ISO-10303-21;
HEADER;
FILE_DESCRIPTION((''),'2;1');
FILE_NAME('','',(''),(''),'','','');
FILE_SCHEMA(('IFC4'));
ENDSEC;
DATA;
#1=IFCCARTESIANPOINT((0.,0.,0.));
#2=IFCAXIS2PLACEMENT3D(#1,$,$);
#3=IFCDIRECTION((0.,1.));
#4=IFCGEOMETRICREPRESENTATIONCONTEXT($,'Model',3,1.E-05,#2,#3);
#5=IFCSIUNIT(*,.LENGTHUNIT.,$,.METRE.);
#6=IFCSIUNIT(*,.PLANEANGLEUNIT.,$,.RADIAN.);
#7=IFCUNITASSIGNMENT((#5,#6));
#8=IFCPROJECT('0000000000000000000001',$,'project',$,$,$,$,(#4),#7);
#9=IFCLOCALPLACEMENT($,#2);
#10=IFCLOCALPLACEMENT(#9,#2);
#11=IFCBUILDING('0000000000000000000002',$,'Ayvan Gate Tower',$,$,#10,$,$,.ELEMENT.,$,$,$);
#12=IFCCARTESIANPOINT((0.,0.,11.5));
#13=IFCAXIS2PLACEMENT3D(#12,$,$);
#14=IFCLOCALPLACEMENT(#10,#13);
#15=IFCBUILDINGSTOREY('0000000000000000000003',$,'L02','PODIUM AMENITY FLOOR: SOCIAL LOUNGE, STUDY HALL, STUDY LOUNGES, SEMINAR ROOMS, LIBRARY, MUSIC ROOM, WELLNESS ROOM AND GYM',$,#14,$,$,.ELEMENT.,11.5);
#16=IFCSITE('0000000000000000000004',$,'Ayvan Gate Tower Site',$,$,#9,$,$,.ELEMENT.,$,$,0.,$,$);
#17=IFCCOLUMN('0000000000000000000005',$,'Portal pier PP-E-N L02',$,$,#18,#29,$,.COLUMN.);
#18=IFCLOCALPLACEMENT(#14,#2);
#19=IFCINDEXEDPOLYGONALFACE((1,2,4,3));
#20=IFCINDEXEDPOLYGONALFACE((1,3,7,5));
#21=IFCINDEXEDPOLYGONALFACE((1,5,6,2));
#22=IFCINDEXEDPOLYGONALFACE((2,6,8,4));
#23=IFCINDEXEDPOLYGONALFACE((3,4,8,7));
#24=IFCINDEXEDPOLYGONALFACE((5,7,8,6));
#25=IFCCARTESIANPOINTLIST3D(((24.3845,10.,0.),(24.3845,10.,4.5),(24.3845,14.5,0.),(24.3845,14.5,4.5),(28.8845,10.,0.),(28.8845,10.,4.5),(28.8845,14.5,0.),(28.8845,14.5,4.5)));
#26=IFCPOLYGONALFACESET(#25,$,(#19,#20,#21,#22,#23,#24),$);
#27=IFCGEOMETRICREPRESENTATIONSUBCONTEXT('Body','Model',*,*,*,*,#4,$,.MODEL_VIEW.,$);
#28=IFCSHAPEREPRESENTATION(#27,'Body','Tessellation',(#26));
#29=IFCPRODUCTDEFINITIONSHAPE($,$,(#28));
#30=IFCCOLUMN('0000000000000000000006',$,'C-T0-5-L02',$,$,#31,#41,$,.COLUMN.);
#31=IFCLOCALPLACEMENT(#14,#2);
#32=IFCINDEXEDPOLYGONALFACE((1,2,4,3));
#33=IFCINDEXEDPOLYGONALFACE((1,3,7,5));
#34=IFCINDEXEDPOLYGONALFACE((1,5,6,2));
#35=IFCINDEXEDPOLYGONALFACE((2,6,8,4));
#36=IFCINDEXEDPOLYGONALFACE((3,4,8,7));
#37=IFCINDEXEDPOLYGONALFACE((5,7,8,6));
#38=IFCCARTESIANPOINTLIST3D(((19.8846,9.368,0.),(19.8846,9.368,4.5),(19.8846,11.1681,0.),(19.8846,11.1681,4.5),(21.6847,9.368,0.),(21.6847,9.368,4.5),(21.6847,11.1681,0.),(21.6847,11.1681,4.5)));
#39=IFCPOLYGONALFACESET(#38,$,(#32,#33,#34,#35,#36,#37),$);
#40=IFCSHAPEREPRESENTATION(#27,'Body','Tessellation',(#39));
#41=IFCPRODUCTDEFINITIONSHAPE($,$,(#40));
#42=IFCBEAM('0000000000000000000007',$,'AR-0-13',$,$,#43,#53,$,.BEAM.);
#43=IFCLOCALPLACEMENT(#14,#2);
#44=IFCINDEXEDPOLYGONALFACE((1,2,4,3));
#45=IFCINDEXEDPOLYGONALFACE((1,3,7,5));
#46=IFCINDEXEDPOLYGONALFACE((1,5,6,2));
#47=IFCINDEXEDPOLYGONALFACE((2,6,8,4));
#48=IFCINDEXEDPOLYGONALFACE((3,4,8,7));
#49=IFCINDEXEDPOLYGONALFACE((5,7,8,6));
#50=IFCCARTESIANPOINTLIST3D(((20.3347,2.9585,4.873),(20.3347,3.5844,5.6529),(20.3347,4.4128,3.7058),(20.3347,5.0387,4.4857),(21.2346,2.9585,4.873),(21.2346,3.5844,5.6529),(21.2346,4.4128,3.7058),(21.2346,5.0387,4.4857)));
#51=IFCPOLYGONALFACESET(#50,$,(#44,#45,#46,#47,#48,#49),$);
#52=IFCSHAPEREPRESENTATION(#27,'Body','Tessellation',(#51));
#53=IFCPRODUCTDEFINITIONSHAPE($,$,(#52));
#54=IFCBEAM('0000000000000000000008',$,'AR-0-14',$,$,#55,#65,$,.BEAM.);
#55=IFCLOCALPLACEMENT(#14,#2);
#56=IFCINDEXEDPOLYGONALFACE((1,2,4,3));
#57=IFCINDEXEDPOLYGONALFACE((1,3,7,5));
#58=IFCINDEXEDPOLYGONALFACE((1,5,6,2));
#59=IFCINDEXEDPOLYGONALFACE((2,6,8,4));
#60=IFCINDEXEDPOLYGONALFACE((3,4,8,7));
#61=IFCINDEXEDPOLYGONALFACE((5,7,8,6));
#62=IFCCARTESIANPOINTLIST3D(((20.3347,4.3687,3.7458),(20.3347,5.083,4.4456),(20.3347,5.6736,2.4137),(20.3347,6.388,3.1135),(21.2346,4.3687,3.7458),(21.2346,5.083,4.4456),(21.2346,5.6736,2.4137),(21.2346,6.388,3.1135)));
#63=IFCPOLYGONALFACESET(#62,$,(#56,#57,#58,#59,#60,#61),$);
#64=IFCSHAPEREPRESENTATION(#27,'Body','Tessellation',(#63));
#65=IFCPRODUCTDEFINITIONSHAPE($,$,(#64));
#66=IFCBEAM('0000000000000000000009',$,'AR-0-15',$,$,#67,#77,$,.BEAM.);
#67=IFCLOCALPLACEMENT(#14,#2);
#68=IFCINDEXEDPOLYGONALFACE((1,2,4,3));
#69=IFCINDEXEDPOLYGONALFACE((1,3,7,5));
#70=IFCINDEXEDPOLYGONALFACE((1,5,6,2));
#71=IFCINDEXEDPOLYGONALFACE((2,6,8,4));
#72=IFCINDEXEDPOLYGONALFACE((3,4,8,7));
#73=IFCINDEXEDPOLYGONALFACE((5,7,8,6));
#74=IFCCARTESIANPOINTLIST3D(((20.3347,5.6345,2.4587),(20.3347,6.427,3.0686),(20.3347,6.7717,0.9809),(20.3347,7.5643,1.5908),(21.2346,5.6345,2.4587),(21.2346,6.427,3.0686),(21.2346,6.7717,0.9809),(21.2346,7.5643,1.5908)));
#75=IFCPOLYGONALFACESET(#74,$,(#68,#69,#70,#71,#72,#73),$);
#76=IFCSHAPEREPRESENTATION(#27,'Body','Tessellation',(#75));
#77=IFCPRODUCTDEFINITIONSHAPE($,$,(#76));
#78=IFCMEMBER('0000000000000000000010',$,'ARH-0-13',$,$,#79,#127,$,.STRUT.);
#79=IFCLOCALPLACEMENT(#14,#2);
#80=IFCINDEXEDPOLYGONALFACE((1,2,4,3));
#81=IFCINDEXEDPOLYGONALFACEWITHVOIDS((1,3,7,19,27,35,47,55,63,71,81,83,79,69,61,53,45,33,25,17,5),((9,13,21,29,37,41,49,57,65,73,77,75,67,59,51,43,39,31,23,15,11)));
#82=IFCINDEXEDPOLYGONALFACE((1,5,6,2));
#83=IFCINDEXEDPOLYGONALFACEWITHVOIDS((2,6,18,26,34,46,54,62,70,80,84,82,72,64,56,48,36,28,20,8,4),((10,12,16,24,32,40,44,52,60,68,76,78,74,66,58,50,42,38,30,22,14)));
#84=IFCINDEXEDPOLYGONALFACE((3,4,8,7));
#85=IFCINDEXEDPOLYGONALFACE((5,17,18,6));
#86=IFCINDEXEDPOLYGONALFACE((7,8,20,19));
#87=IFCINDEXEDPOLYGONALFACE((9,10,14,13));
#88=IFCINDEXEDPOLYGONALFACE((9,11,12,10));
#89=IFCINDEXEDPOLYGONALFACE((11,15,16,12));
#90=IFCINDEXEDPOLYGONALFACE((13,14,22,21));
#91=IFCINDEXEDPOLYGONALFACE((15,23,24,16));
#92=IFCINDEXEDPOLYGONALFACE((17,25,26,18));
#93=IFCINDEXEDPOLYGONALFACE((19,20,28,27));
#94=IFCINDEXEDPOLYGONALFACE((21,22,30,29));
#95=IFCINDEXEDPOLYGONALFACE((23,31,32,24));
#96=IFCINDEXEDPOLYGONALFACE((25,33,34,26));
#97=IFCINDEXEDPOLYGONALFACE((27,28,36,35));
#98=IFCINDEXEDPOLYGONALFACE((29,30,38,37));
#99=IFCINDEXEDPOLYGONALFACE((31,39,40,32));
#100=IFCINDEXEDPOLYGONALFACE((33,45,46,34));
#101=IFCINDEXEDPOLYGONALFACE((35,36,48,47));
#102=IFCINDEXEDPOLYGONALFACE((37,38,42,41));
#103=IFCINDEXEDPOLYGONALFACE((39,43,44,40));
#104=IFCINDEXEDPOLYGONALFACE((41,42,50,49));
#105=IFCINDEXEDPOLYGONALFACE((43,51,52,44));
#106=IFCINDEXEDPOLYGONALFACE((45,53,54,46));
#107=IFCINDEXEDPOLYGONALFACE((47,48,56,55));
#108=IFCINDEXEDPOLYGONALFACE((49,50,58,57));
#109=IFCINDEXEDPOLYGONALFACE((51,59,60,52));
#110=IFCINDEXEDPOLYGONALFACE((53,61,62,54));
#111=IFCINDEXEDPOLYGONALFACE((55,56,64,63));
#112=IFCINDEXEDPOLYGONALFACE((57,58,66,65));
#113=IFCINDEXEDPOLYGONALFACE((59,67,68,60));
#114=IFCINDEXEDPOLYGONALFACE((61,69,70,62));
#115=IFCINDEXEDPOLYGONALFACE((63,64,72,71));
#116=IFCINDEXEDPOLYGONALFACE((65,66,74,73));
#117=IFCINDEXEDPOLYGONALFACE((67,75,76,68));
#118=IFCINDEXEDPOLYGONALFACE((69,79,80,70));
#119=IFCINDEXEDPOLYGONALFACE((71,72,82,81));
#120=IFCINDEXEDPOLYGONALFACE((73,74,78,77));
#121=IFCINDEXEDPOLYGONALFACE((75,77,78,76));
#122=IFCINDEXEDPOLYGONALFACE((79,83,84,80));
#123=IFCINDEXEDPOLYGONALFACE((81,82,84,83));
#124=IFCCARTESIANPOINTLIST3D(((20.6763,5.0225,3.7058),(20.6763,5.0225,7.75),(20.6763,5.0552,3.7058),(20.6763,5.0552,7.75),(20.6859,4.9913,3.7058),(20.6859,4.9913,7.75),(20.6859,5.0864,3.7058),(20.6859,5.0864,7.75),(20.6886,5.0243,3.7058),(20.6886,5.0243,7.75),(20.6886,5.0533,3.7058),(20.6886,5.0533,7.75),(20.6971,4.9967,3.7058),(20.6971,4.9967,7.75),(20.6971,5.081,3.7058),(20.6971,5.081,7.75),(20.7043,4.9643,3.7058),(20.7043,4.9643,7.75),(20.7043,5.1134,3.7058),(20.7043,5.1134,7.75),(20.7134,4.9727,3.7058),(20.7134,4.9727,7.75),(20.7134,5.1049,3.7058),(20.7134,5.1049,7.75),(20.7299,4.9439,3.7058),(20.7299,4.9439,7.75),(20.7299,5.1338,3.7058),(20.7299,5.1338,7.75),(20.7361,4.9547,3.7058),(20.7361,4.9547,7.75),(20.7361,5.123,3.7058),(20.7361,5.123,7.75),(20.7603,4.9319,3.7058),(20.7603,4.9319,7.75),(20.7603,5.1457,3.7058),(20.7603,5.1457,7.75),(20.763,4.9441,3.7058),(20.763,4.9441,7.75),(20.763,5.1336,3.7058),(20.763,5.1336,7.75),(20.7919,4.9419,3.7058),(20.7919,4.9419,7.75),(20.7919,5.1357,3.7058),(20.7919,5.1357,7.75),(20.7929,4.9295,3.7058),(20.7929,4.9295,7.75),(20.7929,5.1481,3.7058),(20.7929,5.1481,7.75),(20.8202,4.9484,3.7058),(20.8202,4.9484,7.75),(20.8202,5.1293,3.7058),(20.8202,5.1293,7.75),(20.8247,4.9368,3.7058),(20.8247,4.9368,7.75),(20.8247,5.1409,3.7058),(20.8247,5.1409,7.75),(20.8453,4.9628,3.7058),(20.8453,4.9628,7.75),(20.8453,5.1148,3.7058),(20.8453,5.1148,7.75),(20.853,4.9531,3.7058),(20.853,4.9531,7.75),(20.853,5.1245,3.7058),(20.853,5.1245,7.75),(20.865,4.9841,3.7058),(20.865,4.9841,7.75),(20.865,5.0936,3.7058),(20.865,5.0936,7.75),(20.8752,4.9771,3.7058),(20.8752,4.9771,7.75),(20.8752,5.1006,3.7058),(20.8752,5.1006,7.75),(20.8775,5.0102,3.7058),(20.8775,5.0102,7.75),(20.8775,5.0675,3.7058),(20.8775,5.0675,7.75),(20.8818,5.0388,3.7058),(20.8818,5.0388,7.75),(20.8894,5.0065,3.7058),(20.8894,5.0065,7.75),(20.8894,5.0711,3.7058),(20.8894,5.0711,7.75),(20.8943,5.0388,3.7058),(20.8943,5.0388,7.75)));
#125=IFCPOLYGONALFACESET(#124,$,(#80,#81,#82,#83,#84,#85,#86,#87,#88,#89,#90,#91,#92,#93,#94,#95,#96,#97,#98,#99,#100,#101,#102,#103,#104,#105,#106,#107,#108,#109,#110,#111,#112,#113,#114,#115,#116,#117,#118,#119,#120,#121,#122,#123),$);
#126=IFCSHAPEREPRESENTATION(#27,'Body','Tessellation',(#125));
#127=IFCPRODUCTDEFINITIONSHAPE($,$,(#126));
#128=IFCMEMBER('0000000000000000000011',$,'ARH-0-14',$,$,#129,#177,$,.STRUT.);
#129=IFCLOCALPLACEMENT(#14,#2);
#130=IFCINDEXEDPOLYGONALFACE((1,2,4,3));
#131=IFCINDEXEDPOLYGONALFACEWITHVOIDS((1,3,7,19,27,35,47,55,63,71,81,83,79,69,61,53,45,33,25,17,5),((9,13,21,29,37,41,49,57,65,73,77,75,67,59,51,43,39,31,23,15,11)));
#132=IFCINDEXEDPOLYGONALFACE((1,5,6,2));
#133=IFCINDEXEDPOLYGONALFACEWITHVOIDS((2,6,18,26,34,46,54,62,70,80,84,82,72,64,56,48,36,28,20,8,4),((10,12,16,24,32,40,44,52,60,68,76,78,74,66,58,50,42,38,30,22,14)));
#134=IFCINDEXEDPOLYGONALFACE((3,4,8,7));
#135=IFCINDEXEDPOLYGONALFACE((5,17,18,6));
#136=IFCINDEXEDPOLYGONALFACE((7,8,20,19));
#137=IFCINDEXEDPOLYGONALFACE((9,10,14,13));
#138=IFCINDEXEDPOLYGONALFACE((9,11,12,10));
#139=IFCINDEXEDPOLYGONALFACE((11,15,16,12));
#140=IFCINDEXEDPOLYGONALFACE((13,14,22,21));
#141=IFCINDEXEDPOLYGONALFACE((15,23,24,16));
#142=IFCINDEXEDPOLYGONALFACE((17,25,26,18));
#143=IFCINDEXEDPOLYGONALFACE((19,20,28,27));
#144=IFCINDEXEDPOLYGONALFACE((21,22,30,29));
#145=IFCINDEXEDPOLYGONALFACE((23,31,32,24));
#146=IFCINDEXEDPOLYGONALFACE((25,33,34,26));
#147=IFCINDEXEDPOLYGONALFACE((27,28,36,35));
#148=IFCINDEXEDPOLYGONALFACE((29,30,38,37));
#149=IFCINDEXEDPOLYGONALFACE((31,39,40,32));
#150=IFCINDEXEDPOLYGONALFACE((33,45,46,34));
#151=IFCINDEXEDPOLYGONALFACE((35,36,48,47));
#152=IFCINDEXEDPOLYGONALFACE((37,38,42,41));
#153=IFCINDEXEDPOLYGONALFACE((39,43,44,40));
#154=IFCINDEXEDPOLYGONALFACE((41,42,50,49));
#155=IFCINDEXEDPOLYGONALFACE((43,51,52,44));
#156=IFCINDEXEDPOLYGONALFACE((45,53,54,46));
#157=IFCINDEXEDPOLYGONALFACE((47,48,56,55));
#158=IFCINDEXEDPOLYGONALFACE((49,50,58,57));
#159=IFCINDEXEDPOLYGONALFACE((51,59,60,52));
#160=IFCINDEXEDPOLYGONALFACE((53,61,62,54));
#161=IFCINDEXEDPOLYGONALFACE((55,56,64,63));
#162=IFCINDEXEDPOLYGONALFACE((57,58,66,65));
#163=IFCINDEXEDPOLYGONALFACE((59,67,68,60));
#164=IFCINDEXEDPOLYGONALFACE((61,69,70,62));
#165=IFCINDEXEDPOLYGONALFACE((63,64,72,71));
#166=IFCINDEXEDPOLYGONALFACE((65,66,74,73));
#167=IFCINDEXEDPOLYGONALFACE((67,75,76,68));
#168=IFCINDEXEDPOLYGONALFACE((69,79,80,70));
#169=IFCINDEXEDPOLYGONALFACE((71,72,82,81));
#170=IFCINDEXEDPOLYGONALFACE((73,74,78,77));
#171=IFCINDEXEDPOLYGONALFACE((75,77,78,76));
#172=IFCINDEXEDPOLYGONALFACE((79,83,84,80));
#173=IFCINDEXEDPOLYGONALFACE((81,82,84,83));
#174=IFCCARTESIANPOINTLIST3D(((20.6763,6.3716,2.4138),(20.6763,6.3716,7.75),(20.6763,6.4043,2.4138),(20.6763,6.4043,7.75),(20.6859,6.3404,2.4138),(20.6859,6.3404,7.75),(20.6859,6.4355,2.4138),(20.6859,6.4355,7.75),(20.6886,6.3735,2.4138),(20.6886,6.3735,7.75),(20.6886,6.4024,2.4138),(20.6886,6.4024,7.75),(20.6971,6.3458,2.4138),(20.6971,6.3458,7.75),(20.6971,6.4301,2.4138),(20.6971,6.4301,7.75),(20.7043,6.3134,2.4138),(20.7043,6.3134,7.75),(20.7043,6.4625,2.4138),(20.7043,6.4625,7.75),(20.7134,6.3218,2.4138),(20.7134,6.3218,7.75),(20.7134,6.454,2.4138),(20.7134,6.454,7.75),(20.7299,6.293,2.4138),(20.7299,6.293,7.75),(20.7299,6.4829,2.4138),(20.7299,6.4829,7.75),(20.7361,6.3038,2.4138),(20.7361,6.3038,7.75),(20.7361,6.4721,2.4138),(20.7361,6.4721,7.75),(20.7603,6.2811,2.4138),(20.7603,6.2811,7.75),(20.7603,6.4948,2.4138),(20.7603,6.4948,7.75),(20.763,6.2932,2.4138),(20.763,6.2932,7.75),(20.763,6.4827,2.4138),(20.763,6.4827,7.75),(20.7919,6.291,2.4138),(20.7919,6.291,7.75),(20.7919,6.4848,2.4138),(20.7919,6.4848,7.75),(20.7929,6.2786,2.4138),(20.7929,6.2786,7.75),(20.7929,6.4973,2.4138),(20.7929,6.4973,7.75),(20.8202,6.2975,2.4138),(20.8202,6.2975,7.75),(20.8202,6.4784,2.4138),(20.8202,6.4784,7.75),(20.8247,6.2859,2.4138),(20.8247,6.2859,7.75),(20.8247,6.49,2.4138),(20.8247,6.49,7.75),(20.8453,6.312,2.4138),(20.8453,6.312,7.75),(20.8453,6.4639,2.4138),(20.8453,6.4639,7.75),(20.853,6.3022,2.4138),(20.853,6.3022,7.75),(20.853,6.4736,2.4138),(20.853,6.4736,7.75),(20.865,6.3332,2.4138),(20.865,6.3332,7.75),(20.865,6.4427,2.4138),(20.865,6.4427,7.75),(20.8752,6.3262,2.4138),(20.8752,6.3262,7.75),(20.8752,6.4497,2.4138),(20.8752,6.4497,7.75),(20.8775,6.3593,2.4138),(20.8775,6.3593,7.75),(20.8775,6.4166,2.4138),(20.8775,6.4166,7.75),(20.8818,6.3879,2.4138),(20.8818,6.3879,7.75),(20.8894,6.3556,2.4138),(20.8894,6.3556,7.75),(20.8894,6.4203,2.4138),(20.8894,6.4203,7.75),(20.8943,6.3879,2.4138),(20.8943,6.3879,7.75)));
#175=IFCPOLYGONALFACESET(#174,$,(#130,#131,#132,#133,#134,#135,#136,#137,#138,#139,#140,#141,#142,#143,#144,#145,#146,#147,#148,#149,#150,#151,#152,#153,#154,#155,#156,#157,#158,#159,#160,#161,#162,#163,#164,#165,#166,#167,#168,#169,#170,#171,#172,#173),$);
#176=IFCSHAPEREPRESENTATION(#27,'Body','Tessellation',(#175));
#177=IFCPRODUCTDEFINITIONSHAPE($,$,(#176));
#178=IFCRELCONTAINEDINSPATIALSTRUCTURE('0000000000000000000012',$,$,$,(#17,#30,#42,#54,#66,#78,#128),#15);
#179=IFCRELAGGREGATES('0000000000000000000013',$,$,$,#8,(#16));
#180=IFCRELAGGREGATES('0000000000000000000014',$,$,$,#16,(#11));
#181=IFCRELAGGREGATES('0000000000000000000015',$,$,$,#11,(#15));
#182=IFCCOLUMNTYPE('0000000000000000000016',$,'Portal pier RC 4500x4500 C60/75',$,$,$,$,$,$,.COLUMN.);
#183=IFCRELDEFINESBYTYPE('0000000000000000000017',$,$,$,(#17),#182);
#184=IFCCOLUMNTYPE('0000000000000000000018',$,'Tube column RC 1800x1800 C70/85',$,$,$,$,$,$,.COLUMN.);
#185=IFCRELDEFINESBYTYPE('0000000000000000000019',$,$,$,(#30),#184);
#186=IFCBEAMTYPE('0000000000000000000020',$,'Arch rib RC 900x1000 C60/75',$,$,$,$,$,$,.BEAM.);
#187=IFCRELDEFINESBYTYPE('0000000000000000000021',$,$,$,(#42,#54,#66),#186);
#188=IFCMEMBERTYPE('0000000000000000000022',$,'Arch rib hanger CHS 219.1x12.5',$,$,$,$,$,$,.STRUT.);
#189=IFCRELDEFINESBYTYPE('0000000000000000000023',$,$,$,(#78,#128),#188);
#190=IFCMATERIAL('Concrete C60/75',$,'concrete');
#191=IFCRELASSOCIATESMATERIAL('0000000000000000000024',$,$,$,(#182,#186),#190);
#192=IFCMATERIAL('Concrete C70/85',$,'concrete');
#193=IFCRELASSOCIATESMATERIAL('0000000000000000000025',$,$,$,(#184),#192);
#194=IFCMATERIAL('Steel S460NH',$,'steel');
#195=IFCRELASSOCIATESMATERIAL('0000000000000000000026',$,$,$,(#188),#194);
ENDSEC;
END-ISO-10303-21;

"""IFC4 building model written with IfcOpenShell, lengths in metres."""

from ifc_helpers import new_model, si_unit, direction, frame, origin, origin_2d, place, context, subcontext, project, spatial, rectangle, hollow_circle, extrude, material, material_profile, profile_set, type_object, element, save


model = new_model("IFC4")

# Units and contexts
model_context = context("Model", 3, precision=1e-05, world=origin(), true_north=direction((0.0, 1.0)))
body_context = subcontext(model_context, "Body", "Model", "MODEL_VIEW")
ifc_project = project(units=[si_unit("LENGTHUNIT", "METRE"), si_unit("PLANEANGLEUNIT", "RADIAN")], contexts=[model_context])

# Site, building, storey
site_placement = place(None, origin())
site = spatial("IfcSite", under=ifc_project, at=site_placement, Name="Ayvan Gate Tower Site", CompositionType="ELEMENT", RefElevation=0.0)
building_placement = place(site_placement, origin())
building = spatial("IfcBuilding", under=site, at=building_placement, Name="Ayvan Gate Tower", CompositionType="ELEMENT")
storey_placement = place(building_placement, frame((0.0, 0.0, 11.5)))
storey = spatial("IfcBuildingStorey", under=building, at=storey_placement, Name="L02", Description="PODIUM AMENITY FLOOR: SOCIAL LOUNGE, STUDY HALL, STUDY LOUNGES, SEMINAR ROOMS, LIBRARY, MUSIC ROOM, WELLNESS ROOM AND GYM", CompositionType="ELEMENT", Elevation=11.5)

# Columns
ifc_material_1 = material(Name="Concrete C60/75", Category="concrete")
ifc_material_profile_1 = material_profile(ifc_material_1, rectangle(XDim=4.5, YDim=4.5, at=origin_2d()), Name="RC 4500x4500")
ifc_profile_set_1 = profile_set([ifc_material_profile_1], Name="Concrete C60/75")
column_type_1 = type_object("IfcColumnType", Name="Portal pier RC 4500x4500 C60/75", PredefinedType="COLUMN", material=ifc_profile_set_1)
column_1_placement = place(storey_placement, frame((26.6345, 12.25, 0.0), z_axis=(0.0, 0.0, 1.0), x_axis=(1.0, 0.0, 0.0)))
element("IfcColumn", 1, at=column_1_placement, inside=storey, type_object=column_type_1, Name="Portal pier PP-E-N L02", PredefinedType="COLUMN", context=body_context, shape_type="SweptSolid", body=[
    extrude(rectangle(XDim=4.5, YDim=4.5, at=origin_2d()), origin(), (0.0, 0.0, 1.0), 4.5),
])
ifc_material_2 = material(Name="Concrete C70/85", Category="concrete")
ifc_material_profile_2 = material_profile(ifc_material_2, rectangle(XDim=1.8, YDim=1.8, at=origin_2d()), Name="RC 1800x1800")
ifc_profile_set_2 = profile_set([ifc_material_profile_2], Name="Concrete C70/85")
column_type_2 = type_object("IfcColumnType", Name="Tube column RC 1800x1800 C70/85", PredefinedType="COLUMN", material=ifc_profile_set_2)
column_2_placement = place(storey_placement, frame((20.7847, 10.2681, 0.0), z_axis=(0.0, 0.0, 1.0), x_axis=(1.0, 0.0, 0.0)))
element("IfcColumn", 2, at=column_2_placement, inside=storey, type_object=column_type_2, Name="C-T0-5-L02", PredefinedType="COLUMN", context=body_context, shape_type="SweptSolid", body=[
    extrude(rectangle(XDim=1.8, YDim=1.8, at=origin_2d()), origin(), (0.0, 0.0, 1.0), 4.5),
])

# Beams
ifc_material_profile_3 = material_profile(ifc_material_1, rectangle(XDim=0.8999, YDim=1.0, at=origin_2d()), Name="RC 900x1000")
ifc_profile_set_3 = profile_set([ifc_material_profile_3], Name="Concrete C60/75")
beam_type_1 = type_object("IfcBeamType", Name="Arch rib RC 900x1000 C60/75", PredefinedType="BEAM", material=ifc_profile_set_3)
for number, where, z_axis, x_axis, name in (
    (3, (20.7847, 3.2715, 5.2629), (0.0, 0.779884, -0.625924), (-1.0, 0.0, 0.0), "AR-0-13"),
    (4, (20.7847, 4.7258, 4.0957), (0.0, 0.699803, -0.714336), (-1.0, 0.0, 0.0), "AR-0-14"),
    (5, (20.7847, 6.0308, 2.7637), (0.0, 0.609863, -0.792507), (-1.0, 0.0, 0.0), "AR-0-15"),
):
    element("IfcBeam", number, at=place(storey_placement, frame(where, z_axis=z_axis, x_axis=x_axis)), inside=storey, type_object=beam_type_1, Name=name, PredefinedType="BEAM", context=body_context, shape_type="SweptSolid", body=[
        extrude(rectangle(XDim=0.8999, YDim=1.0, at=origin_2d()), origin(), (0.0, 0.0, 1.0), 1.8647),
    ])

# Members
ifc_material_3 = material(Name="Steel S460NH", Category="steel")
ifc_material_profile_4 = material_profile(ifc_material_3, hollow_circle(Radius=0.1096, WallThickness=0.0125, at=origin_2d()), Name="CHS 219.1x12.5")
ifc_profile_set_4 = profile_set([ifc_material_profile_4], Name="Steel S460NH")
member_type_1 = type_object("IfcMemberType", Name="Arch rib hanger CHS 219.1x12.5", PredefinedType="STRUT", material=ifc_profile_set_4)
member_1_placement = place(storey_placement, frame((20.7847, 5.0388, 3.7058), z_axis=(0.0, 0.0, 1.0), x_axis=(1.0, 0.0, 0.0)))
element("IfcMember", 6, at=member_1_placement, inside=storey, type_object=member_type_1, Name="ARH-0-13", PredefinedType="STRUT", context=body_context, shape_type="SweptSolid", body=[
    extrude(hollow_circle(Radius=0.1096, WallThickness=0.0125, at=origin_2d()), origin(), (0.0, 0.0, 1.0), 4.0442),
])
member_2_placement = place(storey_placement, frame((20.7847, 6.3879, 2.4138), z_axis=(0.0, 0.0, 1.0), x_axis=(1.0, 0.0, 0.0)))
element("IfcMember", 7, at=member_2_placement, inside=storey, type_object=member_type_1, Name="ARH-0-14", PredefinedType="STRUT", context=body_context, shape_type="SweptSolid", body=[
    extrude(hollow_circle(Radius=0.1096, WallThickness=0.0125, at=origin_2d()), origin(), (0.0, 0.0, 1.0), 5.3362),
])

save(model, "model.ifc")
